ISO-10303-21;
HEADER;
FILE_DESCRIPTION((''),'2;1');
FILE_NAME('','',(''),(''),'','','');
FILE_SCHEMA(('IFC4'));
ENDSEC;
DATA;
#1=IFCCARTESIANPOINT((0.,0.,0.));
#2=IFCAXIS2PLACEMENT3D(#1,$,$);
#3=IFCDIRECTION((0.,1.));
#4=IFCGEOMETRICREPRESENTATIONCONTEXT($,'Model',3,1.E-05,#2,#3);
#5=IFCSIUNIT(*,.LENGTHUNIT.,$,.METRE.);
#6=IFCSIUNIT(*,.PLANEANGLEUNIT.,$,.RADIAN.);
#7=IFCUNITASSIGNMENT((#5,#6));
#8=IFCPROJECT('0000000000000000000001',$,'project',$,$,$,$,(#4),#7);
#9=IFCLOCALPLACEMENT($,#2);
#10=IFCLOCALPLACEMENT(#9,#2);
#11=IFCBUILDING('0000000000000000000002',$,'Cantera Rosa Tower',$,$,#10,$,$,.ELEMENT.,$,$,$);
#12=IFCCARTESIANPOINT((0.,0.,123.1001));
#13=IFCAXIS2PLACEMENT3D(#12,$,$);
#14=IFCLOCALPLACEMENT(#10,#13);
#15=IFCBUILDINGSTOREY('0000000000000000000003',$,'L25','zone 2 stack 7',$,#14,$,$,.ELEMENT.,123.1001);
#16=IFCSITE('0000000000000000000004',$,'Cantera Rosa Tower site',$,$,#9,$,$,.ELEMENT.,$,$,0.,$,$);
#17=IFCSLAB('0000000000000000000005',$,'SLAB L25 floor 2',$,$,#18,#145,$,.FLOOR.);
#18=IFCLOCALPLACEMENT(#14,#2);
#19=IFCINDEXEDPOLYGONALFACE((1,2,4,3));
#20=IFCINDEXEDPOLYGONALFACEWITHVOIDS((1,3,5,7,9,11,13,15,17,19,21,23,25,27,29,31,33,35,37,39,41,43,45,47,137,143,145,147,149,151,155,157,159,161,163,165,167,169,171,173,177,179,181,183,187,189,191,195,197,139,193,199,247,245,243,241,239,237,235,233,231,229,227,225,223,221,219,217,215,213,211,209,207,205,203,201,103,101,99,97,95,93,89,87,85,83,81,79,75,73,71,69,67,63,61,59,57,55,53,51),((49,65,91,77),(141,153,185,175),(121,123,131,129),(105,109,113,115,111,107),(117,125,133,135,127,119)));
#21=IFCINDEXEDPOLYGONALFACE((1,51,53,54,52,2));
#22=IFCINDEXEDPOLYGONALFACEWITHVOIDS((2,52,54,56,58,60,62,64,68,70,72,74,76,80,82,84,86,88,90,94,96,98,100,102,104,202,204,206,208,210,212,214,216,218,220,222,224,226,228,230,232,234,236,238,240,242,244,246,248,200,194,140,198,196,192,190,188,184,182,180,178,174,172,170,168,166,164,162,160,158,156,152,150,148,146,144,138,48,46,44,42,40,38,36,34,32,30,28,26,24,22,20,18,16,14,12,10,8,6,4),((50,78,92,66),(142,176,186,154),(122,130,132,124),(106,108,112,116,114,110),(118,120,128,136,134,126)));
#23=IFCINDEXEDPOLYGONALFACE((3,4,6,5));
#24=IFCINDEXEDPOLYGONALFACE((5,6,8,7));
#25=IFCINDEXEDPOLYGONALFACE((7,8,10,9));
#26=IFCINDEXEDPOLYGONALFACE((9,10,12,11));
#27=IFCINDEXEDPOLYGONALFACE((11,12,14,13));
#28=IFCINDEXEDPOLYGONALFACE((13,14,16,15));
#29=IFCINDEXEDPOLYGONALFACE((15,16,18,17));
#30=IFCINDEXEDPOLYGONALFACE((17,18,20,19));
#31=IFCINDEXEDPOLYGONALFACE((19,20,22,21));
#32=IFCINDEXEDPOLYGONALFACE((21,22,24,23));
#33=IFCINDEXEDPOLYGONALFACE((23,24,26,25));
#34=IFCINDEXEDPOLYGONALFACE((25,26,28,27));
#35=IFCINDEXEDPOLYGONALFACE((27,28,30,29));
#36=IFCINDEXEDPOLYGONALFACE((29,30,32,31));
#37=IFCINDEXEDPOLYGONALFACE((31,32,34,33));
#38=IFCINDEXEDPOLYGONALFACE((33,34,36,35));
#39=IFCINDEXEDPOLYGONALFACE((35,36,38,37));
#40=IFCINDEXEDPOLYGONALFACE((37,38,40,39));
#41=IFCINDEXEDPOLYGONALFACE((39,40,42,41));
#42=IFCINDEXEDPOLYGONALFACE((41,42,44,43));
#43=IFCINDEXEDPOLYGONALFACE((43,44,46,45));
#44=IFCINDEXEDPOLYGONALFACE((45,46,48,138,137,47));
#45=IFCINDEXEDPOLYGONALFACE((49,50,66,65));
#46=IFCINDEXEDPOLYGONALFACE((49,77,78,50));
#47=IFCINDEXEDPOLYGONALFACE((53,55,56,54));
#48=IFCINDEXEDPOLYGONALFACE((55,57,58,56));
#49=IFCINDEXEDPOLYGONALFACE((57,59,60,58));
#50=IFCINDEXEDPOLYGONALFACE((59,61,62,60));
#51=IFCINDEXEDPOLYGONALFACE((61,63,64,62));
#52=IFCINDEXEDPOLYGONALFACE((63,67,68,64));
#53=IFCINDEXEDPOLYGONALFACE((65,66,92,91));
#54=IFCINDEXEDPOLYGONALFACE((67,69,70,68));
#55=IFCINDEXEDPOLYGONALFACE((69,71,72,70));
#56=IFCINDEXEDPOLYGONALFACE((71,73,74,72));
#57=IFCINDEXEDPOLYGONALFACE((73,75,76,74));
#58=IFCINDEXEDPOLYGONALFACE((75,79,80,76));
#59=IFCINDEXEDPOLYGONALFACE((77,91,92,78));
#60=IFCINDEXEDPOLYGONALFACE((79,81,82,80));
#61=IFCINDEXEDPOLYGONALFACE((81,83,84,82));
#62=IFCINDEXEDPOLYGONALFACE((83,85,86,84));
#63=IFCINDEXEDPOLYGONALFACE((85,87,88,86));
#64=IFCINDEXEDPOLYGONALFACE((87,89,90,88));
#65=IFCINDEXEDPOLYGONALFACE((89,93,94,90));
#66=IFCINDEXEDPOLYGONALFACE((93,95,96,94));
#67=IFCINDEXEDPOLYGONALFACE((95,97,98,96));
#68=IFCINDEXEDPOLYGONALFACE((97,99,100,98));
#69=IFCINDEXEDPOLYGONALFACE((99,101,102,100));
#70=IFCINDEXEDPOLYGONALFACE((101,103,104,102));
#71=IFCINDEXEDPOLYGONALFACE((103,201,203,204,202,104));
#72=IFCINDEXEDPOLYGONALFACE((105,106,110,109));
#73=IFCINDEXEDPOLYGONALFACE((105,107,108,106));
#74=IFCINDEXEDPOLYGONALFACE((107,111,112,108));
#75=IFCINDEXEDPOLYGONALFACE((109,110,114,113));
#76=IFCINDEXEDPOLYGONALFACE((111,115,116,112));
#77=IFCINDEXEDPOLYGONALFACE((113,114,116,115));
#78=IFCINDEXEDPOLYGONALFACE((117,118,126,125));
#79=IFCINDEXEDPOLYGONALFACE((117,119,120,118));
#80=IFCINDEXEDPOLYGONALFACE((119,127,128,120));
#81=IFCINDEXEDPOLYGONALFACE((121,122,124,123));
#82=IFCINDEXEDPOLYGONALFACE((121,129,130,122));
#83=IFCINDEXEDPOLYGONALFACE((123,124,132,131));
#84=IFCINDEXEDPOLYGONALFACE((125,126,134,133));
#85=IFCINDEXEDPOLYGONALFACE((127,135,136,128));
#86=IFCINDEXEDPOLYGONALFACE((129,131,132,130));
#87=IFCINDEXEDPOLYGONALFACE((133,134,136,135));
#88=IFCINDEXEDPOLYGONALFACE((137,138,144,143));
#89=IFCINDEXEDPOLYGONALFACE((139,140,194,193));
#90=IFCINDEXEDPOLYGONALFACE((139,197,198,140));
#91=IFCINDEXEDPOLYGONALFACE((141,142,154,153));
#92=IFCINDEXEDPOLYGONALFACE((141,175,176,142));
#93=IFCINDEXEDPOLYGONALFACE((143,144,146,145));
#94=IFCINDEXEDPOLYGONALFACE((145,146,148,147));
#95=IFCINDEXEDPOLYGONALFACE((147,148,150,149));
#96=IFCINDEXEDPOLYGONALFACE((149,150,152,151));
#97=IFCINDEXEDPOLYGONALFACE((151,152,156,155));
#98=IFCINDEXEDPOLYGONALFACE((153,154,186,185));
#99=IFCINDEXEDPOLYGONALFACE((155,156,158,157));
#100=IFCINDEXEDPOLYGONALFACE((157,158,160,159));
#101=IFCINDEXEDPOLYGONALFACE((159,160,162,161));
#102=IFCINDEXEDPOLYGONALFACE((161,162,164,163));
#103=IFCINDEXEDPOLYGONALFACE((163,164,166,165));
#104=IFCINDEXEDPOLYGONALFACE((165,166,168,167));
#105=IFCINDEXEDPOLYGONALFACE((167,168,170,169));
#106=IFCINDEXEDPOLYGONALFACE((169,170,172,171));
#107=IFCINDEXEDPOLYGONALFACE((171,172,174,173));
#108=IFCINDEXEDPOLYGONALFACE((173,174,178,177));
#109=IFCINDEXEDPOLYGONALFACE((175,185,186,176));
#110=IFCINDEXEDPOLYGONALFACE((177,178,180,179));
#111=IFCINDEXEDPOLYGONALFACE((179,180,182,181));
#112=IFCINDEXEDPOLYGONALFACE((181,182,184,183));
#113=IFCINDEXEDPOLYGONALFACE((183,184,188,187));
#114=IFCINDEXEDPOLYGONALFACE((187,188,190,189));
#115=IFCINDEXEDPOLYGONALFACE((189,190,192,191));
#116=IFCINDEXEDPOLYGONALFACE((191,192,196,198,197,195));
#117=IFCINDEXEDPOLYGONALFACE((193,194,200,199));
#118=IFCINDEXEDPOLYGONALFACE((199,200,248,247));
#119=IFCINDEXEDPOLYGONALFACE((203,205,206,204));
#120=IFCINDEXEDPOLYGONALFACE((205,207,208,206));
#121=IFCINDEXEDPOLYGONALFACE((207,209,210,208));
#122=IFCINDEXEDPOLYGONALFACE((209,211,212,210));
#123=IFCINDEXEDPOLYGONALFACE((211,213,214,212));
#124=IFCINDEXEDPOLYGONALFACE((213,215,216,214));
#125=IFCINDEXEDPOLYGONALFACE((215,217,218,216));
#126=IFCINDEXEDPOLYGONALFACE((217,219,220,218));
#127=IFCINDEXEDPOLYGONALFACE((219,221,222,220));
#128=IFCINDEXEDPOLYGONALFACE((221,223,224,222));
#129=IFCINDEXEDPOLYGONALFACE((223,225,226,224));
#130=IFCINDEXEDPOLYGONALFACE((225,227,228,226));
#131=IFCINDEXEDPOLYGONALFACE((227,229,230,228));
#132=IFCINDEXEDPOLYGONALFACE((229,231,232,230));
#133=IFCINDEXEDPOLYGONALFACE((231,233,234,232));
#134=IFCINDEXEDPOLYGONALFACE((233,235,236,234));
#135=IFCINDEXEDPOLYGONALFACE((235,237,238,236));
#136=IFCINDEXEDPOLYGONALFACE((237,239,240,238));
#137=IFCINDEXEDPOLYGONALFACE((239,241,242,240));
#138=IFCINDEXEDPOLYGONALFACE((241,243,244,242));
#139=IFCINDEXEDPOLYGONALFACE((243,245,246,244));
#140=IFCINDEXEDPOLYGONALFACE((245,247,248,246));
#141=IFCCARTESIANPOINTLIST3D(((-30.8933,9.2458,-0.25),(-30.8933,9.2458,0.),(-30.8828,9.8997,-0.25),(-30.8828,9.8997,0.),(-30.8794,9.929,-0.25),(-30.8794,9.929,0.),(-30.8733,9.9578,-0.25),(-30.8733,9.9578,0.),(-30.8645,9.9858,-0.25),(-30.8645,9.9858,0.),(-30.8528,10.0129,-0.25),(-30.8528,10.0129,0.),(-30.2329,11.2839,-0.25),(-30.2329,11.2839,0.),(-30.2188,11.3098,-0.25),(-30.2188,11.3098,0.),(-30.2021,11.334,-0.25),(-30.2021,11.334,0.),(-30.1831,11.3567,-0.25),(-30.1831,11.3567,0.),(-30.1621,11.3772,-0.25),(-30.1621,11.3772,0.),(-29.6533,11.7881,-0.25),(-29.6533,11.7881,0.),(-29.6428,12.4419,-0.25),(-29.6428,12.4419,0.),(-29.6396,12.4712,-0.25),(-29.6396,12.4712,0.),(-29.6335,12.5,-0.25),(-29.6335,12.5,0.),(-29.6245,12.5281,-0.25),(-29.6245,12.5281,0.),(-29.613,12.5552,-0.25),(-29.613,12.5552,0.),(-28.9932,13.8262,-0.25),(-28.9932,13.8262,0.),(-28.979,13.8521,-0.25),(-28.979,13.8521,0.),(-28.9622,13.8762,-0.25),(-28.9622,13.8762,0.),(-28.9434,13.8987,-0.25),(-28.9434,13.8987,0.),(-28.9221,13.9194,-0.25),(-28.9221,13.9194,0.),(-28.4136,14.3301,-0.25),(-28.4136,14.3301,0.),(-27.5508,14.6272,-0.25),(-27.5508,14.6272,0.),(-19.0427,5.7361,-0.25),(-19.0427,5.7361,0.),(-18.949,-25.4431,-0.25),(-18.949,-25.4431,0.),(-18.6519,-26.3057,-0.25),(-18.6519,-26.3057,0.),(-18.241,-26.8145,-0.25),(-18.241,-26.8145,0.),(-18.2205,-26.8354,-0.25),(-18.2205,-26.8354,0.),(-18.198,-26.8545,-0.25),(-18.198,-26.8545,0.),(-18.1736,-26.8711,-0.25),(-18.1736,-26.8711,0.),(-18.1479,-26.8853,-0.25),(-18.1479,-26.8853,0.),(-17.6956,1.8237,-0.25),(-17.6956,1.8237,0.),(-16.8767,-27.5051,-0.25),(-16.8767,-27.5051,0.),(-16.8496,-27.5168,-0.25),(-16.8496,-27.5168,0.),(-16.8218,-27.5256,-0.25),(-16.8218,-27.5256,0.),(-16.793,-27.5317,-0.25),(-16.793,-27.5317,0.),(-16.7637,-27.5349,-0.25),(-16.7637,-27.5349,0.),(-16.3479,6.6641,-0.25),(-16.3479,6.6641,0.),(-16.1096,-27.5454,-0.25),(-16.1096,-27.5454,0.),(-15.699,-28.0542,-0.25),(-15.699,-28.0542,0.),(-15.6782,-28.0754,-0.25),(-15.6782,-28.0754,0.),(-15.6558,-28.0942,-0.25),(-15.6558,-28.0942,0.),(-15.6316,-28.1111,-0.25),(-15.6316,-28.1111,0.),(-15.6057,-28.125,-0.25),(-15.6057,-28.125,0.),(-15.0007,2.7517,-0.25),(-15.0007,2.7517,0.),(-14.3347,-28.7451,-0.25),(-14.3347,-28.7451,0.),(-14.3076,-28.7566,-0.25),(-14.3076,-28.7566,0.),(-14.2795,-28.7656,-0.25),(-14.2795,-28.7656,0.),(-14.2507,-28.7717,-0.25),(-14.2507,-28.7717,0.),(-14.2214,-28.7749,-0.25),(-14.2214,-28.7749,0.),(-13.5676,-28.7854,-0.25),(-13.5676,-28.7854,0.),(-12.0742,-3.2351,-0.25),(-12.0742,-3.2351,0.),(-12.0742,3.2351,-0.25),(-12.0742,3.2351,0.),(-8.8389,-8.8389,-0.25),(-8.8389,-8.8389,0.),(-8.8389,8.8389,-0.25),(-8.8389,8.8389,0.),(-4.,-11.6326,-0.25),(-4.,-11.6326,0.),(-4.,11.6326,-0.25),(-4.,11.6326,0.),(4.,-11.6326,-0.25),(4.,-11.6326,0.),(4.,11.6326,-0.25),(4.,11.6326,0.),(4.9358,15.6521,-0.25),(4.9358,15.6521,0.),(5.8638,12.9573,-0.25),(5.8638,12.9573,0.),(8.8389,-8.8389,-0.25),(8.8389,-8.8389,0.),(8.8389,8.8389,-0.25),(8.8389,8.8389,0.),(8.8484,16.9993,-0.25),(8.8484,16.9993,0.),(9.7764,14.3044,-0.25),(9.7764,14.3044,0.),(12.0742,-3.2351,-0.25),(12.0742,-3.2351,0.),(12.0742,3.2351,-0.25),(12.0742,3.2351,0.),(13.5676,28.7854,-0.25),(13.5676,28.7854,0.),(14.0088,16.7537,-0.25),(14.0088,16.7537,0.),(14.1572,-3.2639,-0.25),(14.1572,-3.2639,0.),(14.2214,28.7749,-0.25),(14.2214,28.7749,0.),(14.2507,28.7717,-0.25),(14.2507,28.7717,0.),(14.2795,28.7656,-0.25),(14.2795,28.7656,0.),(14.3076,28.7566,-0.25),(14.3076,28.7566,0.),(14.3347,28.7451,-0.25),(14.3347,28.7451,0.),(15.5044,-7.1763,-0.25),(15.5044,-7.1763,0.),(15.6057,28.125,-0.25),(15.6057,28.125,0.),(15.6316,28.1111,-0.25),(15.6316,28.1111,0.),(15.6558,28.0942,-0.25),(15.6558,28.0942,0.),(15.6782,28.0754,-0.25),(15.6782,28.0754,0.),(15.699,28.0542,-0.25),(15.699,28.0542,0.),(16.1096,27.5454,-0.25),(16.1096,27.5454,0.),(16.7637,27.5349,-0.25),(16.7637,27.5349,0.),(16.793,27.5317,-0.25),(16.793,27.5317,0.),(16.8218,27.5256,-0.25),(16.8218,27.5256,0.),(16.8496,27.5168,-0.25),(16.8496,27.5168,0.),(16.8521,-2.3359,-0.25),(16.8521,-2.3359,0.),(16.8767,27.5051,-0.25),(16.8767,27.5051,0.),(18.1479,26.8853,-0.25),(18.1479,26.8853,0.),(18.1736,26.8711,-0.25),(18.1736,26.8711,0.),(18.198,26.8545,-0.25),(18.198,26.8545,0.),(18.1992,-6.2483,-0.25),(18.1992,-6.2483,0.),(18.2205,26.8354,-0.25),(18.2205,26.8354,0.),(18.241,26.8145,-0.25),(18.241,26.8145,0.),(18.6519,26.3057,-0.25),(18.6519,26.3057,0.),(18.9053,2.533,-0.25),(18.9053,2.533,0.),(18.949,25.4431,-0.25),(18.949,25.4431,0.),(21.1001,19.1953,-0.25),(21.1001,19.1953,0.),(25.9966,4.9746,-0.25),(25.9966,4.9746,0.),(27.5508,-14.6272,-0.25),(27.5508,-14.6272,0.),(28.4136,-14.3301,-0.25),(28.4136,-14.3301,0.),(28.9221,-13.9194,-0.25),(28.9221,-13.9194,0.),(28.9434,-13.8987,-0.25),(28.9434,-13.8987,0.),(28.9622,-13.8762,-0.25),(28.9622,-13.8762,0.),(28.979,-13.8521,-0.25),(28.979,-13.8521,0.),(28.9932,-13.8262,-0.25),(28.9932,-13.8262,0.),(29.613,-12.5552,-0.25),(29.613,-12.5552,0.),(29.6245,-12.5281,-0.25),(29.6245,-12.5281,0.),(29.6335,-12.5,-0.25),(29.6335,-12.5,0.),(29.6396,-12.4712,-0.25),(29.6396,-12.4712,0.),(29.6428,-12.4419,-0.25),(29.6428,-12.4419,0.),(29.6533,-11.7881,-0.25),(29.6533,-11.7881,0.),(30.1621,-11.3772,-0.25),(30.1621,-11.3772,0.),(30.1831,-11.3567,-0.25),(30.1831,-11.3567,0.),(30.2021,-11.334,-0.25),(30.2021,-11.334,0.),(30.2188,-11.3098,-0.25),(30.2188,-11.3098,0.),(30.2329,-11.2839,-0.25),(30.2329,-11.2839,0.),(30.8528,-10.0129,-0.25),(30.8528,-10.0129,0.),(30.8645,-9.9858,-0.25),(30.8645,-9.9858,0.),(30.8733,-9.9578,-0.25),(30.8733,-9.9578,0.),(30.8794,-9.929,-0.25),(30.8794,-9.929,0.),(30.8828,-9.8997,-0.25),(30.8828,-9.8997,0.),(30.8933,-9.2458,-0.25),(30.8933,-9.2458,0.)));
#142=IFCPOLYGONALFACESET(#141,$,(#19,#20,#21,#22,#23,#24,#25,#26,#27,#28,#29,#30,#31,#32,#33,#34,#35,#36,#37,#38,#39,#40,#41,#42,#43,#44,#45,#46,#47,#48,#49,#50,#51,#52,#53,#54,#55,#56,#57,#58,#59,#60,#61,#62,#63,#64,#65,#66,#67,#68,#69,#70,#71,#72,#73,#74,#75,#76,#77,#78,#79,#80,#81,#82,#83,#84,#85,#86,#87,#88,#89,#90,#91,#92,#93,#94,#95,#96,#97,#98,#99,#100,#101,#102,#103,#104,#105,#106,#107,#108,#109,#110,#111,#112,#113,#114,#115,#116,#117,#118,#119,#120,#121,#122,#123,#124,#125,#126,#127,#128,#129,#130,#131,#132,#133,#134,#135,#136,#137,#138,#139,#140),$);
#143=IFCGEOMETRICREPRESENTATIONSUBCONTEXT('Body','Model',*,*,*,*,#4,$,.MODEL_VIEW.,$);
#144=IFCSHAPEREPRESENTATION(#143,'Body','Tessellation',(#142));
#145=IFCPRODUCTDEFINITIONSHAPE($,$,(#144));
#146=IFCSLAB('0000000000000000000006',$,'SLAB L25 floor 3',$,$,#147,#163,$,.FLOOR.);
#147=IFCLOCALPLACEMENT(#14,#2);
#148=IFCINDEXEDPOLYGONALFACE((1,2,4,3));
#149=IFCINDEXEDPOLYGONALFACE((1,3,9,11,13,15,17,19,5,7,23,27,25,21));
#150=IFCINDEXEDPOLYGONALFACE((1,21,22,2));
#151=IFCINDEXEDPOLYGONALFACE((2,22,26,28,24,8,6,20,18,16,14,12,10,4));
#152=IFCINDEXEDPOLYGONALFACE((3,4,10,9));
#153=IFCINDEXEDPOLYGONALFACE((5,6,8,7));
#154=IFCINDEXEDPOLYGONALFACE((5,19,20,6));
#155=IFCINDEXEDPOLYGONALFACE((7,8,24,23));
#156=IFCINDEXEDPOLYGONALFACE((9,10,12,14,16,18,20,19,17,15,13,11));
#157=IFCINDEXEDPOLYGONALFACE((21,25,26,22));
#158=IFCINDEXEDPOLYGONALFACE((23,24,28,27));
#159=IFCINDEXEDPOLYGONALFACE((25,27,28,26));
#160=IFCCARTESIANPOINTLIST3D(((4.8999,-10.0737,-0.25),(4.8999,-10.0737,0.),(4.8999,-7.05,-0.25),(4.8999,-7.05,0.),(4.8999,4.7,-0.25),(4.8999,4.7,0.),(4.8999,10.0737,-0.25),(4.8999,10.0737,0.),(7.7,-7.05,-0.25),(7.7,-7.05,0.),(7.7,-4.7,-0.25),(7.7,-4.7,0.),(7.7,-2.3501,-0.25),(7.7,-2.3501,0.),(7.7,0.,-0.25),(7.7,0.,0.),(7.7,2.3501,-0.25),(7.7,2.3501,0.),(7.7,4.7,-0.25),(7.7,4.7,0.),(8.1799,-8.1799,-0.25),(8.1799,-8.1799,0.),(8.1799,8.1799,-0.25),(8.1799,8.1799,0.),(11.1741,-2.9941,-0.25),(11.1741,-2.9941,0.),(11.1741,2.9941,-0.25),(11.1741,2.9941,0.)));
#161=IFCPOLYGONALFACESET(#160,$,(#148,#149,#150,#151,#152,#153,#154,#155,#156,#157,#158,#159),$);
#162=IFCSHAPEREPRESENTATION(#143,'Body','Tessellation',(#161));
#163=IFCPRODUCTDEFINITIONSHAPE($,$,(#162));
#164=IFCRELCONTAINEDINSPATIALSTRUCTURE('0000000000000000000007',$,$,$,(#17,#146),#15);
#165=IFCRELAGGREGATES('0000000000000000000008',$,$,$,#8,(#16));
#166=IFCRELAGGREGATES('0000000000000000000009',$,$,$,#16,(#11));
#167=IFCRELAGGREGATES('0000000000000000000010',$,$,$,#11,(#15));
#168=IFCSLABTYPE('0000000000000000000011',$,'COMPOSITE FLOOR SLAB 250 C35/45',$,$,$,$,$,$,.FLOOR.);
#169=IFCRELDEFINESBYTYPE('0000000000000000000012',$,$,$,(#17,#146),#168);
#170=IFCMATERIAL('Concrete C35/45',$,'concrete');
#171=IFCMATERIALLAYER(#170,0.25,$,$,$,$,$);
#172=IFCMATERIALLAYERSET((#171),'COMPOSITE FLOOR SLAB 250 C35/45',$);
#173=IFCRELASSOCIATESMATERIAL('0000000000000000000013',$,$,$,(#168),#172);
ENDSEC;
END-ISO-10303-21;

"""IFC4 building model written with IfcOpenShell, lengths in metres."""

from ifc_helpers import new_model, si_unit, direction, frame, origin, place, context, subcontext, project, spatial, polyline, outline, extrude, material, layer, layer_set, type_object, element, save


model = new_model("IFC4")

# Units and contexts
model_context = context("Model", 3, precision=1e-05, world=origin(), true_north=direction((0.0, 1.0)))
body_context = subcontext(model_context, "Body", "Model", "MODEL_VIEW")
ifc_project = project(units=[si_unit("LENGTHUNIT", "METRE"), si_unit("PLANEANGLEUNIT", "RADIAN")], contexts=[model_context])

# Site, building, storey
site_placement = place(None, origin())
site = spatial("IfcSite", under=ifc_project, at=site_placement, Name="Cantera Rosa Tower site", CompositionType="ELEMENT", RefElevation=0.0)
building_placement = place(site_placement, origin())
building = spatial("IfcBuilding", under=site, at=building_placement, Name="Cantera Rosa Tower", CompositionType="ELEMENT")
storey_placement = place(building_placement, frame((0.0, 0.0, 123.1001)))
storey = spatial("IfcBuildingStorey", under=building, at=storey_placement, Name="L25", Description="zone 2 stack 7", CompositionType="ELEMENT", Elevation=123.1001)

# Slabs
ifc_material_1 = material(Name="Concrete C35/45", Category="concrete")
ifc_layer_1 = layer(ifc_material_1, 0.25)
ifc_layer_set_1 = layer_set([ifc_layer_1], Name="COMPOSITE FLOOR SLAB 250 C35/45")
slab_type_1 = type_object("IfcSlabType", Name="COMPOSITE FLOOR SLAB 250 C35/45", PredefinedType="FLOOR", material=ifc_layer_set_1)
slab_1_placement = place(storey_placement, frame((0.0, 0.0, -0.25)))
element("IfcSlab", 1, at=slab_1_placement, inside=storey, type_object=slab_type_1, Name="SLAB L25 floor 2", PredefinedType="FLOOR", context=body_context, shape_type="SweptSolid", body=[
    extrude(outline(polyline([(-15.6057, -28.125), (-15.6316, -28.1111), (-15.6558, -28.0942), (-15.6782, -28.0754), (-15.699, -28.0542), (-16.1096, -27.5454), (-16.7637, -27.5349), (-16.793, -27.5317), (-16.8218, -27.5256), (-16.8496, -27.5168), (-16.8767, -27.5051), (-18.1479, -26.8853), (-18.1736, -26.8711), (-18.198, -26.8545), (-18.2205, -26.8354), (-18.241, -26.8145), (-18.6519, -26.3057), (-18.949, -25.4431), (-30.8933, 9.2458), (-30.8828, 9.8997), (-30.8794, 9.929), (-30.8733, 9.9578), (-30.8645, 9.9858), (-30.8528, 10.0129), (-30.2329, 11.2839), (-30.2188, 11.3098), (-30.2021, 11.334), (-30.1831, 11.3567), (-30.1621, 11.3772), (-29.6533, 11.7881), (-29.6428, 12.4419), (-29.6396, 12.4712), (-29.6335, 12.5), (-29.6245, 12.5281), (-29.613, 12.5552), (-28.9932, 13.8262), (-28.979, 13.8521), (-28.9622, 13.8762), (-28.9434, 13.8987), (-28.9221, 13.9194), (-28.4136, 14.3301), (-27.5508, 14.6272), (13.5676, 28.7854), (14.2214, 28.7749), (14.2507, 28.7717), (14.2795, 28.7656), (14.3076, 28.7566), (14.3347, 28.7451), (15.6057, 28.125), (15.6316, 28.1111), (15.6558, 28.0942), (15.6782, 28.0754), (15.699, 28.0542), (16.1096, 27.5454), (16.7637, 27.5349), (16.793, 27.5317), (16.8218, 27.5256), (16.8496, 27.5168), (16.8767, 27.5051), (18.1479, 26.8853), (18.1736, 26.8711), (18.198, 26.8545), (18.2205, 26.8354), (18.241, 26.8145), (18.6519, 26.3057), (18.949, 25.4431), (21.1001, 19.1953), (14.0088, 16.7537), (18.9053, 2.533), (25.9966, 4.9746), (30.8933, -9.2458), (30.8828, -9.8997), (30.8794, -9.929), (30.8733, -9.9578), (30.8645, -9.9858), (30.8528, -10.0129), (30.2329, -11.2839), (30.2188, -11.3098), (30.2021, -11.334), (30.1831, -11.3567), (30.1621, -11.3772), (29.6533, -11.7881), (29.6428, -12.4419), (29.6396, -12.4712), (29.6335, -12.5), (29.6245, -12.5281), (29.613, -12.5552), (28.9932, -13.8262), (28.979, -13.8521), (28.9622, -13.8762), (28.9434, -13.8987), (28.9221, -13.9194), (28.4136, -14.3301), (27.5508, -14.6272), (-13.5676, -28.7854), (-14.2214, -28.7749), (-14.2507, -28.7717), (-14.2795, -28.7656), (-14.3076, -28.7566), (-14.3347, -28.7451), (-15.6057, -28.125)]), holes=[polyline([(-12.0742, 3.2351), (-12.0742, -3.2351), (-8.8389, -8.8389), (-4.0, -11.6326), (-4.0, 11.6326), (-8.8389, 8.8389), (-12.0742, 3.2351)]), polyline([(-16.3479, 6.6641), (-19.0427, 5.7361), (-17.6956, 1.8237), (-15.0007, 2.7517), (-16.3479, 6.6641)]), polyline([(16.8521, -2.3359), (14.1572, -3.2639), (15.5044, -7.1763), (18.1992, -6.2483), (16.8521, -2.3359)]), polyline([(12.0742, -3.2351), (12.0742, 3.2351), (8.8389, 8.8389), (4.0, 11.6326), (4.0, -11.6326), (8.8389, -8.8389), (12.0742, -3.2351)]), polyline([(8.8484, 16.9993), (4.9358, 15.6521), (5.8638, 12.9573), (9.7764, 14.3044), (8.8484, 16.9993)])]), origin(), (0.0, 0.0, 1.0), 0.25),
])
slab_2_placement = place(storey_placement, frame((0.0, 0.0, -0.25)))
element("IfcSlab", 2, at=slab_2_placement, inside=storey, type_object=slab_type_1, Name="SLAB L25 floor 3", PredefinedType="FLOOR", context=body_context, shape_type="SweptSolid", body=[
    extrude(outline(polyline([(7.7, 0.0), (7.7, 2.3501), (7.7, 4.7), (4.8999, 4.7), (4.8999, 10.0737), (8.1799, 8.1799), (11.1741, 2.9941), (11.1741, -2.9941), (8.1799, -8.1799), (4.8999, -10.0737), (4.8999, -7.05), (7.7, -7.05), (7.7, -4.7), (7.7, -2.3501), (7.7, 0.0)])), origin(), (0.0, 0.0, 1.0), 0.25),
])

save(model, "model.ifc")
